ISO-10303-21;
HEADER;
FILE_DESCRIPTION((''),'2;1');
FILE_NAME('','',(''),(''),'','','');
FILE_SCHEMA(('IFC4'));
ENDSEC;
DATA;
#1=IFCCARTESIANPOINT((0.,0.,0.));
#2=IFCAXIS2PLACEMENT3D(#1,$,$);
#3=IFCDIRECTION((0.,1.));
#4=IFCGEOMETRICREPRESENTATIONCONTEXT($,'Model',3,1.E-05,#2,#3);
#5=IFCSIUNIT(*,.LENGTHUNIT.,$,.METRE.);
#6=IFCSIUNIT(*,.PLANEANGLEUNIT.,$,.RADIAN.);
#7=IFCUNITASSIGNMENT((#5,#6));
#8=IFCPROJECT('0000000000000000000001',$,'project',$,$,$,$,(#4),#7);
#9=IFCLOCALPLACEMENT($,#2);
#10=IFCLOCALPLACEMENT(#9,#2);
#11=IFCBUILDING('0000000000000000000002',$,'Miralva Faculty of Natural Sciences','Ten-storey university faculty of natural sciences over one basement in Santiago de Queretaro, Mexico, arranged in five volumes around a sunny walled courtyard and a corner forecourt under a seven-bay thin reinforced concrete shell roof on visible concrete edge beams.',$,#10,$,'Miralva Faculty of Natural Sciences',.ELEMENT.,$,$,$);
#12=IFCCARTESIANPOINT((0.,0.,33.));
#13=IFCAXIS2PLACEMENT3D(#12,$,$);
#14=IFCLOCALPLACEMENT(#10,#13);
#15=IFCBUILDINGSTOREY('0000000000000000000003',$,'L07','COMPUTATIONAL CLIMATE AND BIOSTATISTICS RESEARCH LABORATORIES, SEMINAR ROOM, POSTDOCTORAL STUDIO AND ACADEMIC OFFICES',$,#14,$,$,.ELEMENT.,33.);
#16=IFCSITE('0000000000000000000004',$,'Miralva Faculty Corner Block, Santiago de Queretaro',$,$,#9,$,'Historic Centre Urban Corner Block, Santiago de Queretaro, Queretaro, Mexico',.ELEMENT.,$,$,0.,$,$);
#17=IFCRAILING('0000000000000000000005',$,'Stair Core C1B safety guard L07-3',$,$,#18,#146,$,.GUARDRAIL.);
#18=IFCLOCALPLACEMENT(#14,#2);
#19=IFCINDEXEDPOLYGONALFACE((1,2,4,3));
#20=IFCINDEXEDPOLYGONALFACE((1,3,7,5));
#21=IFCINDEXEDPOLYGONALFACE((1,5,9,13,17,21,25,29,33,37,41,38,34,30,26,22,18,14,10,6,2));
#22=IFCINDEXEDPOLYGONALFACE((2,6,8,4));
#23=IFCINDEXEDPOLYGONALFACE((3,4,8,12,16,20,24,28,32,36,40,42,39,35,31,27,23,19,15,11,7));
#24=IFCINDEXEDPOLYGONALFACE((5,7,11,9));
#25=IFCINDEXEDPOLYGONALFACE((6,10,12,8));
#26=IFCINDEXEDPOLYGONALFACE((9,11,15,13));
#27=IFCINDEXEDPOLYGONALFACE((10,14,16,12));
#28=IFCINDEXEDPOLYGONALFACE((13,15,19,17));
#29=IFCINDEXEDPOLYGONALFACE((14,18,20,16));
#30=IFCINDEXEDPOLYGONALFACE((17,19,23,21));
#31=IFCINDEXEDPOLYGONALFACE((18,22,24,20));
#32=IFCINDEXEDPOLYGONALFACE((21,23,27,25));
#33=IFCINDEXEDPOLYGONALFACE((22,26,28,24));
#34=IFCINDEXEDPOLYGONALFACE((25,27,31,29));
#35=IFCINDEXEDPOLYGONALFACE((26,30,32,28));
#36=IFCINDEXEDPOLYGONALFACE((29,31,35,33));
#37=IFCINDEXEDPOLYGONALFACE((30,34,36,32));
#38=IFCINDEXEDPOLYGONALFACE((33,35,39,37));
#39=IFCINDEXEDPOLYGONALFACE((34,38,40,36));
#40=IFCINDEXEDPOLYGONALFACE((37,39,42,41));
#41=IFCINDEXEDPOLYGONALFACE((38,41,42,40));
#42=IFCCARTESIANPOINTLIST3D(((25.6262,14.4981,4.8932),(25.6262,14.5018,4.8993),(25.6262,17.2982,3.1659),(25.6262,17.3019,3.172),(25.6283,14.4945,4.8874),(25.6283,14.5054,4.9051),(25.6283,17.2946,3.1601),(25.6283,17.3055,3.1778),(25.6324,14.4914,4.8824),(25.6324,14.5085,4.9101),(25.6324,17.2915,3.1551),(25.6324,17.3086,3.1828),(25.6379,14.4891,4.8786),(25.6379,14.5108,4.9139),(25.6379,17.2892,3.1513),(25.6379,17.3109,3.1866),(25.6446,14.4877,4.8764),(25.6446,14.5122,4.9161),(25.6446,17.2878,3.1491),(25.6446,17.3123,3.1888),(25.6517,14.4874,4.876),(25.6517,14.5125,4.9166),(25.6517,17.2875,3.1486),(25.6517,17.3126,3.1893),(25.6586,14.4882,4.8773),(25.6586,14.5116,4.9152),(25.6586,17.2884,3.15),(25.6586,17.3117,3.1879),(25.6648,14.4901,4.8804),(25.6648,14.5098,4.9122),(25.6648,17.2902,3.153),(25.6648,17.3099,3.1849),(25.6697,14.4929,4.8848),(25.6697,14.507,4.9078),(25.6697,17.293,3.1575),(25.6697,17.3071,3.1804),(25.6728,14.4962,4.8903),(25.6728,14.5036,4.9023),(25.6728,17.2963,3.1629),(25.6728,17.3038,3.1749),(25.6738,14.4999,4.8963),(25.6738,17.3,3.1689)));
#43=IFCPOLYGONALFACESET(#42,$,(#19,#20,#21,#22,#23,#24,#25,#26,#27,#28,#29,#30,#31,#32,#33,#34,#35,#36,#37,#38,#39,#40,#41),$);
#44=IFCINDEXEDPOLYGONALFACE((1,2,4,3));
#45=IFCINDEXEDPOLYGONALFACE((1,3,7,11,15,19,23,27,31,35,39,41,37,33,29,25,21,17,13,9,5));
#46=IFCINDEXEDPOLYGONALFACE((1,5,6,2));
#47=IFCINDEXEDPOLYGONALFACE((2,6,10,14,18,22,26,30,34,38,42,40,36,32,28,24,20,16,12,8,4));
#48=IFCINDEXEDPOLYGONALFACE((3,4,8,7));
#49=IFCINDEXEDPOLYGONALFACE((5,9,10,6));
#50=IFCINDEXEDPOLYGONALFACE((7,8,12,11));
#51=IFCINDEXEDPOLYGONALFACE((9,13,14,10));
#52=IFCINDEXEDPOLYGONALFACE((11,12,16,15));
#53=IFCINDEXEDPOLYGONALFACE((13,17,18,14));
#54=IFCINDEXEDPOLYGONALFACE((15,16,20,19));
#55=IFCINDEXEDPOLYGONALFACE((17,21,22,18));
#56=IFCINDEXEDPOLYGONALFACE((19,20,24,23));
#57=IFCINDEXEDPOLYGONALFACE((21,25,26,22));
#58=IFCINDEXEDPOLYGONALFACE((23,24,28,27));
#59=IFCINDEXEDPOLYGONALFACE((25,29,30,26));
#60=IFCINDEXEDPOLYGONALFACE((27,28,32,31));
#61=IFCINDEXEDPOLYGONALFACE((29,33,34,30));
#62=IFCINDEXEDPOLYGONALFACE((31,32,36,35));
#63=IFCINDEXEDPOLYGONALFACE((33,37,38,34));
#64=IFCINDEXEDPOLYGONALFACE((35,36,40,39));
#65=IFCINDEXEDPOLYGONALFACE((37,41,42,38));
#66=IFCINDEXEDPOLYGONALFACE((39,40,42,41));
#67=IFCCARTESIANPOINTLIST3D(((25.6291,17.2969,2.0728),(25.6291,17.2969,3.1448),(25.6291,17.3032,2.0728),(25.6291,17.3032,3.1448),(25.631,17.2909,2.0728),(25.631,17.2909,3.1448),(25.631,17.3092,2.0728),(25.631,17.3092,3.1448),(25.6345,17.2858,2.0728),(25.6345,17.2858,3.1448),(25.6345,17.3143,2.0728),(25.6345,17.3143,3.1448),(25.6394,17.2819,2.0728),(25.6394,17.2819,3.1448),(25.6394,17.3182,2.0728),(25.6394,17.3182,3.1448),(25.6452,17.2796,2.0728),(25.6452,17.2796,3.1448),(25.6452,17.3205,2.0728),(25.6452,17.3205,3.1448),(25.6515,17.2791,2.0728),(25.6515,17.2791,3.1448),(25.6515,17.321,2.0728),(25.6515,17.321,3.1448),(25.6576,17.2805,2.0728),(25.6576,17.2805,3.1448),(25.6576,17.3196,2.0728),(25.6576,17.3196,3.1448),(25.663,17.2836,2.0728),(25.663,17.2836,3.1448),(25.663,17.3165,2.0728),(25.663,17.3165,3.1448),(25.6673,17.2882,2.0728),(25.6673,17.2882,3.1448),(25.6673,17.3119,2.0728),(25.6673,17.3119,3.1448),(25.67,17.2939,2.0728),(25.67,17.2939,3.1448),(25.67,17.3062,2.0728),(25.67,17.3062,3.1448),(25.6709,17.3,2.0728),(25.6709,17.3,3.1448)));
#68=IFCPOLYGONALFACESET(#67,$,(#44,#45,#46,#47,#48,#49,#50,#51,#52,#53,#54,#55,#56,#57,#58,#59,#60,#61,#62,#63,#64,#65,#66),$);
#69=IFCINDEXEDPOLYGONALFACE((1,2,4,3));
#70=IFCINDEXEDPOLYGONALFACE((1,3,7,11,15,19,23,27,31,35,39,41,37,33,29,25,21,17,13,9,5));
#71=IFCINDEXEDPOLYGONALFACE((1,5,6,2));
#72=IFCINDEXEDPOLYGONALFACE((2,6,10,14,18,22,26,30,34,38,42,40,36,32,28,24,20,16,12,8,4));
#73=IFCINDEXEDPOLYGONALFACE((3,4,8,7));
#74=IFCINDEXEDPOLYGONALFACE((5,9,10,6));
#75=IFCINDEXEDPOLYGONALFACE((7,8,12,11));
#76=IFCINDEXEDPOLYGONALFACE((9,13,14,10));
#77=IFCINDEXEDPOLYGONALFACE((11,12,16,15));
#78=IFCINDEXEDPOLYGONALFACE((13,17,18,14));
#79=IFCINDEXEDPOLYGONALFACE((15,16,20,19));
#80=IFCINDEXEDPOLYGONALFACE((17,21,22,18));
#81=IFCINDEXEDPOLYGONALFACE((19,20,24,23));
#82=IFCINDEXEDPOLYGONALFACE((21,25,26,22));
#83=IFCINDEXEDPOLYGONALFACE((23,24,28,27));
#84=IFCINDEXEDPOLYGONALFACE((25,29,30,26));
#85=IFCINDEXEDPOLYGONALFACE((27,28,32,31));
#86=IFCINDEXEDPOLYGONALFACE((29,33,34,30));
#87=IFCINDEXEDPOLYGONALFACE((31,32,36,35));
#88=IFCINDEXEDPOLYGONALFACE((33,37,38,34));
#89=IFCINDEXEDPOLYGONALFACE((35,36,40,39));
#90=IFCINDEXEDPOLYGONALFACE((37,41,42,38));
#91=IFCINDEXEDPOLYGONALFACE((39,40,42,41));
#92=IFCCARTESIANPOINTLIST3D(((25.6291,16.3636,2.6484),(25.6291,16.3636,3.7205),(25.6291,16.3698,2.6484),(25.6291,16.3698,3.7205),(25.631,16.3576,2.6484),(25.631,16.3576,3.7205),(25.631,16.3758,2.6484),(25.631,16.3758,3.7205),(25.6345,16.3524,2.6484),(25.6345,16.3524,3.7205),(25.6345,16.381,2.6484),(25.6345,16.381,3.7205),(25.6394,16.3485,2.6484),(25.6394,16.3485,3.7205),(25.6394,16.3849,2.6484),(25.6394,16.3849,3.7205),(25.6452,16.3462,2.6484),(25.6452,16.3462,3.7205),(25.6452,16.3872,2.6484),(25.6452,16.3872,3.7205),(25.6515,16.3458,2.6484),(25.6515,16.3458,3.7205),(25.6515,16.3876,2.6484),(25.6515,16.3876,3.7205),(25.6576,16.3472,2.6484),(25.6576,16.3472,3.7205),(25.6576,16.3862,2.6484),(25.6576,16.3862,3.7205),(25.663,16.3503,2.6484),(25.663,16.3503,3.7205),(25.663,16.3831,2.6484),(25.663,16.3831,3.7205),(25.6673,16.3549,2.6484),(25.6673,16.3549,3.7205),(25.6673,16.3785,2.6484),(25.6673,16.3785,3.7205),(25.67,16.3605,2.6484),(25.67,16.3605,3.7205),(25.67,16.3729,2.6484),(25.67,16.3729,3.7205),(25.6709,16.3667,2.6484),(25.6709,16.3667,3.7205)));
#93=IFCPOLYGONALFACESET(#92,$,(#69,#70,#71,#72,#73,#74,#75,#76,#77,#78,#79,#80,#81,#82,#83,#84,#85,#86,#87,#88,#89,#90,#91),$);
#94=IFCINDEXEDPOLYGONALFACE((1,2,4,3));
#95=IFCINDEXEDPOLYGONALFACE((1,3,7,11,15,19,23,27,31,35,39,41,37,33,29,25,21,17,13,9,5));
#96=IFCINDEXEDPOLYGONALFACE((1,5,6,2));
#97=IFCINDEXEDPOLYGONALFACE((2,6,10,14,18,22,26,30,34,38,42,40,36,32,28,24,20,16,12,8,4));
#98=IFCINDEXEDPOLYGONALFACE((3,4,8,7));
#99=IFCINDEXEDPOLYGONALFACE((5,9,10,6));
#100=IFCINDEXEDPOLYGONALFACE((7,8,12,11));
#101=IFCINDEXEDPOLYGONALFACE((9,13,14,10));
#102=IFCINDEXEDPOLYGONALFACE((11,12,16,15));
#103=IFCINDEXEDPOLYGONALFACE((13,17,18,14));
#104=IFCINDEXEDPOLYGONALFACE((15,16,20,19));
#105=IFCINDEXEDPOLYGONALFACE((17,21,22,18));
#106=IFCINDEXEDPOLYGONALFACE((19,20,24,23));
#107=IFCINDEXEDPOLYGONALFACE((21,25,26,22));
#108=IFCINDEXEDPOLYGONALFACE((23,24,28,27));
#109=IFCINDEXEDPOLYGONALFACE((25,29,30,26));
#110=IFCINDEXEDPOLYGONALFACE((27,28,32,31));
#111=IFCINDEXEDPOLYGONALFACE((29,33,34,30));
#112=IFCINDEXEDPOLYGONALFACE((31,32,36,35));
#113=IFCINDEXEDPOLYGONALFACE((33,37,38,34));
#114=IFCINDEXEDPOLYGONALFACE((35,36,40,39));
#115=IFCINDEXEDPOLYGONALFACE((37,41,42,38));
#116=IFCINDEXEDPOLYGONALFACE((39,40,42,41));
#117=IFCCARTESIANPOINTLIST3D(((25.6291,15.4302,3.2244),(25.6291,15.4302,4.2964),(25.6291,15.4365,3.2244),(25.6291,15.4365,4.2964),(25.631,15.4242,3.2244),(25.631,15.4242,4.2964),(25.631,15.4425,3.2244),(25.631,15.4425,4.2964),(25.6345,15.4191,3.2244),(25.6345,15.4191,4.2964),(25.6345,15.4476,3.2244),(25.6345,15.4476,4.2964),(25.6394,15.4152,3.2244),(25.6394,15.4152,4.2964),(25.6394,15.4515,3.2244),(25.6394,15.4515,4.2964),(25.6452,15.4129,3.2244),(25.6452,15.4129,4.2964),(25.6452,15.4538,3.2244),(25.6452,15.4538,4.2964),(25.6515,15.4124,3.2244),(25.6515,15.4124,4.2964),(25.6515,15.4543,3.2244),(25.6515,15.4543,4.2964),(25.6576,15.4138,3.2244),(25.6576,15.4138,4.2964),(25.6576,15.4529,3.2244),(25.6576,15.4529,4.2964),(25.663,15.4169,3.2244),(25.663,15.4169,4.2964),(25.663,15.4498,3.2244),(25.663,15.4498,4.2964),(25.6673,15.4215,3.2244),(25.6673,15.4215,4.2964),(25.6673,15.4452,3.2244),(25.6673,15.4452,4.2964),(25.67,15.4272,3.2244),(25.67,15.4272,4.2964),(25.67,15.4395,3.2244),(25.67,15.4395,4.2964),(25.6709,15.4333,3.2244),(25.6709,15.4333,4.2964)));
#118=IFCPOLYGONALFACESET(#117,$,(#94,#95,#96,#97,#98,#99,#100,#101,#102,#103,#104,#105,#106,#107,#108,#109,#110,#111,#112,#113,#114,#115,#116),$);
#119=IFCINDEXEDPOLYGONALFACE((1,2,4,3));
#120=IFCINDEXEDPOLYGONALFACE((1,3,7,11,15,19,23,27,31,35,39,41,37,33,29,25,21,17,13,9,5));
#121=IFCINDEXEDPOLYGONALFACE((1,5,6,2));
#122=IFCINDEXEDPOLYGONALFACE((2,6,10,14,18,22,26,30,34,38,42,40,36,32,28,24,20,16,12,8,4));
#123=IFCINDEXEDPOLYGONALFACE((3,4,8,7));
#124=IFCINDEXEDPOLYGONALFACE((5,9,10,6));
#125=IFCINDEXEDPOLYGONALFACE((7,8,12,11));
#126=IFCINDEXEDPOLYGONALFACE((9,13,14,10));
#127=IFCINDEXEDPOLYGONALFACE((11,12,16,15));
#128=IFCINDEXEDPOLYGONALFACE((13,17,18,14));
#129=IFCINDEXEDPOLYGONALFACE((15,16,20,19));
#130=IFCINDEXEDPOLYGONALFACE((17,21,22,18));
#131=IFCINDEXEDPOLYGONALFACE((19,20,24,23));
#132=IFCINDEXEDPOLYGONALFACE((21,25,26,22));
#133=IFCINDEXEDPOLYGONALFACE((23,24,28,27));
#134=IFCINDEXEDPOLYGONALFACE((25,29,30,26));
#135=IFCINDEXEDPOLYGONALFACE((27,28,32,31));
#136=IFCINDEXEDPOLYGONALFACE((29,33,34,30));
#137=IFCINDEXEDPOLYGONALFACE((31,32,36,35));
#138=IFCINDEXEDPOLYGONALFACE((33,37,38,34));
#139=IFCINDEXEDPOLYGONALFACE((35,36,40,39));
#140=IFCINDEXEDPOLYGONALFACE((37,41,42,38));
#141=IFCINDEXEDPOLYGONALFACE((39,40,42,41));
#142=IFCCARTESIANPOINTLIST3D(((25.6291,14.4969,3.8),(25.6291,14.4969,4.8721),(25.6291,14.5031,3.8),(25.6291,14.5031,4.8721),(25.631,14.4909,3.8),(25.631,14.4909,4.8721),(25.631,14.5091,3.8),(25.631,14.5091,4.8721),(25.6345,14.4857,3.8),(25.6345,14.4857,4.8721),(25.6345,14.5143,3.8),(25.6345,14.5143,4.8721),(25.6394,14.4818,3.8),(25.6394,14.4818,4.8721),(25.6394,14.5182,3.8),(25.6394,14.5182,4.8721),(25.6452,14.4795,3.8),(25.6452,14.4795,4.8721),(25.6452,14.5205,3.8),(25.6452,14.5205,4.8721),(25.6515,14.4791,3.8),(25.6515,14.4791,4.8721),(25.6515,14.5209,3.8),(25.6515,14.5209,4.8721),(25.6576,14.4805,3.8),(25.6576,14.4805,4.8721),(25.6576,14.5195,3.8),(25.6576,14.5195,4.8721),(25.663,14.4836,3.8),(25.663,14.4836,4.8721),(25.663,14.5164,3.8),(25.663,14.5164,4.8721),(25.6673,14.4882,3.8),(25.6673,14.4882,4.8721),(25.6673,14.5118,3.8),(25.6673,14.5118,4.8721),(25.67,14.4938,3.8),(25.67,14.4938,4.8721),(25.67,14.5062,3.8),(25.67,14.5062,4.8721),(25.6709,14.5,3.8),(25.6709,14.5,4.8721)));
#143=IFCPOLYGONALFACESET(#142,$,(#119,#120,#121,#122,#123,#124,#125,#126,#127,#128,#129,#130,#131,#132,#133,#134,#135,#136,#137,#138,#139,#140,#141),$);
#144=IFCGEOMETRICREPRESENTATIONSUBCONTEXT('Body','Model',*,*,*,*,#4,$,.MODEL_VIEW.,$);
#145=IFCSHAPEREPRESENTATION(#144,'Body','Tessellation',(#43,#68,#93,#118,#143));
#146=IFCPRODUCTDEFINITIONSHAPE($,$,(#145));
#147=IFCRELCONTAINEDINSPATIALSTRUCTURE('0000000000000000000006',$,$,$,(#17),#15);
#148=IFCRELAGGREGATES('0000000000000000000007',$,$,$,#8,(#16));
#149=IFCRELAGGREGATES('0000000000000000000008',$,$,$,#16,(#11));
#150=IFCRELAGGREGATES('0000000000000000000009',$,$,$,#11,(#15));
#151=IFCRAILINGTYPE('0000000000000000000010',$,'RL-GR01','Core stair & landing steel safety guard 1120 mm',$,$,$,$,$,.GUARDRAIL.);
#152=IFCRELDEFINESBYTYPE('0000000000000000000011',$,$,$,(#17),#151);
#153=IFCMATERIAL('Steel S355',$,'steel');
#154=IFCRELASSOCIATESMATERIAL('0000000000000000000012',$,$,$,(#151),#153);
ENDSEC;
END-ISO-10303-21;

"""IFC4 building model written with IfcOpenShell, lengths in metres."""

from ifc_helpers import new_model, si_unit, direction, frame, origin, origin_2d, place, context, subcontext, project, spatial, circle, extrude, material, type_object, element, save


model = new_model("IFC4")

# Units and contexts
model_context = context("Model", 3, precision=1e-05, world=origin(), true_north=direction((0.0, 1.0)))
body_context = subcontext(model_context, "Body", "Model", "MODEL_VIEW")
ifc_project = project(units=[si_unit("LENGTHUNIT", "METRE"), si_unit("PLANEANGLEUNIT", "RADIAN")], contexts=[model_context])

# Site, building, storey
site_placement = place(None, origin())
site = spatial("IfcSite", under=ifc_project, at=site_placement, Name="Miralva Faculty Corner Block, Santiago de Queretaro", LongName="Historic Centre Urban Corner Block, Santiago de Queretaro, Queretaro, Mexico", CompositionType="ELEMENT", RefElevation=0.0)
building_placement = place(site_placement, origin())
building = spatial("IfcBuilding", under=site, at=building_placement, Name="Miralva Faculty of Natural Sciences", Description="Ten-storey university faculty of natural sciences over one basement in Santiago de Queretaro, Mexico, arranged in five volumes around a sunny walled courtyard and a corner forecourt under a seven-bay thin reinforced concrete shell roof on visible concrete edge beams.", LongName="Miralva Faculty of Natural Sciences", CompositionType="ELEMENT")
storey_placement = place(building_placement, frame((0.0, 0.0, 33.0)))
storey = spatial("IfcBuildingStorey", under=building, at=storey_placement, Name="L07", Description="COMPUTATIONAL CLIMATE AND BIOSTATISTICS RESEARCH LABORATORIES, SEMINAR ROOM, POSTDOCTORAL STUDIO AND ACADEMIC OFFICES", CompositionType="ELEMENT", Elevation=33.0)

# Railing
ifc_material_1 = material(Name="Steel S355", Category="steel")
railing_type_1 = type_object("IfcRailingType", Name="RL-GR01", Description="Core stair & landing steel safety guard 1120 mm", PredefinedType="GUARDRAIL", material=ifc_material_1)
railing_1_placement = place(storey_placement, frame((25.6499, 17.3, 2.0728)))
element("IfcRailing", 1, at=railing_1_placement, inside=storey, type_object=railing_type_1, Name="Stair Core C1B safety guard L07-3", PredefinedType="GUARDRAIL", context=body_context, shape_type="SweptSolid", body=[
    extrude(circle(Radius=0.0239, at=origin_2d()), frame((0.0, 0.0, 1.0962), z_axis=(0.0, -0.85109, 0.52502), x_axis=(1.0, 0.0, 0.0)), (0.0, 0.0, 1.0), 3.29),
    extrude(circle(Radius=0.021, at=origin_2d()), origin(), (0.0, 0.0, 1.0), 1.072),
    extrude(circle(Radius=0.021, at=origin_2d()), frame((0.0, -0.9333, 0.5757)), (0.0, 0.0, 1.0), 1.072),
    extrude(circle(Radius=0.021, at=origin_2d()), frame((0.0, -1.8667, 1.1516)), (0.0, 0.0, 1.0), 1.072),
    extrude(circle(Radius=0.021, at=origin_2d()), frame((0.0, -2.8, 1.7273)), (0.0, 0.0, 1.0), 1.072),
])

save(model, "model.ifc")
